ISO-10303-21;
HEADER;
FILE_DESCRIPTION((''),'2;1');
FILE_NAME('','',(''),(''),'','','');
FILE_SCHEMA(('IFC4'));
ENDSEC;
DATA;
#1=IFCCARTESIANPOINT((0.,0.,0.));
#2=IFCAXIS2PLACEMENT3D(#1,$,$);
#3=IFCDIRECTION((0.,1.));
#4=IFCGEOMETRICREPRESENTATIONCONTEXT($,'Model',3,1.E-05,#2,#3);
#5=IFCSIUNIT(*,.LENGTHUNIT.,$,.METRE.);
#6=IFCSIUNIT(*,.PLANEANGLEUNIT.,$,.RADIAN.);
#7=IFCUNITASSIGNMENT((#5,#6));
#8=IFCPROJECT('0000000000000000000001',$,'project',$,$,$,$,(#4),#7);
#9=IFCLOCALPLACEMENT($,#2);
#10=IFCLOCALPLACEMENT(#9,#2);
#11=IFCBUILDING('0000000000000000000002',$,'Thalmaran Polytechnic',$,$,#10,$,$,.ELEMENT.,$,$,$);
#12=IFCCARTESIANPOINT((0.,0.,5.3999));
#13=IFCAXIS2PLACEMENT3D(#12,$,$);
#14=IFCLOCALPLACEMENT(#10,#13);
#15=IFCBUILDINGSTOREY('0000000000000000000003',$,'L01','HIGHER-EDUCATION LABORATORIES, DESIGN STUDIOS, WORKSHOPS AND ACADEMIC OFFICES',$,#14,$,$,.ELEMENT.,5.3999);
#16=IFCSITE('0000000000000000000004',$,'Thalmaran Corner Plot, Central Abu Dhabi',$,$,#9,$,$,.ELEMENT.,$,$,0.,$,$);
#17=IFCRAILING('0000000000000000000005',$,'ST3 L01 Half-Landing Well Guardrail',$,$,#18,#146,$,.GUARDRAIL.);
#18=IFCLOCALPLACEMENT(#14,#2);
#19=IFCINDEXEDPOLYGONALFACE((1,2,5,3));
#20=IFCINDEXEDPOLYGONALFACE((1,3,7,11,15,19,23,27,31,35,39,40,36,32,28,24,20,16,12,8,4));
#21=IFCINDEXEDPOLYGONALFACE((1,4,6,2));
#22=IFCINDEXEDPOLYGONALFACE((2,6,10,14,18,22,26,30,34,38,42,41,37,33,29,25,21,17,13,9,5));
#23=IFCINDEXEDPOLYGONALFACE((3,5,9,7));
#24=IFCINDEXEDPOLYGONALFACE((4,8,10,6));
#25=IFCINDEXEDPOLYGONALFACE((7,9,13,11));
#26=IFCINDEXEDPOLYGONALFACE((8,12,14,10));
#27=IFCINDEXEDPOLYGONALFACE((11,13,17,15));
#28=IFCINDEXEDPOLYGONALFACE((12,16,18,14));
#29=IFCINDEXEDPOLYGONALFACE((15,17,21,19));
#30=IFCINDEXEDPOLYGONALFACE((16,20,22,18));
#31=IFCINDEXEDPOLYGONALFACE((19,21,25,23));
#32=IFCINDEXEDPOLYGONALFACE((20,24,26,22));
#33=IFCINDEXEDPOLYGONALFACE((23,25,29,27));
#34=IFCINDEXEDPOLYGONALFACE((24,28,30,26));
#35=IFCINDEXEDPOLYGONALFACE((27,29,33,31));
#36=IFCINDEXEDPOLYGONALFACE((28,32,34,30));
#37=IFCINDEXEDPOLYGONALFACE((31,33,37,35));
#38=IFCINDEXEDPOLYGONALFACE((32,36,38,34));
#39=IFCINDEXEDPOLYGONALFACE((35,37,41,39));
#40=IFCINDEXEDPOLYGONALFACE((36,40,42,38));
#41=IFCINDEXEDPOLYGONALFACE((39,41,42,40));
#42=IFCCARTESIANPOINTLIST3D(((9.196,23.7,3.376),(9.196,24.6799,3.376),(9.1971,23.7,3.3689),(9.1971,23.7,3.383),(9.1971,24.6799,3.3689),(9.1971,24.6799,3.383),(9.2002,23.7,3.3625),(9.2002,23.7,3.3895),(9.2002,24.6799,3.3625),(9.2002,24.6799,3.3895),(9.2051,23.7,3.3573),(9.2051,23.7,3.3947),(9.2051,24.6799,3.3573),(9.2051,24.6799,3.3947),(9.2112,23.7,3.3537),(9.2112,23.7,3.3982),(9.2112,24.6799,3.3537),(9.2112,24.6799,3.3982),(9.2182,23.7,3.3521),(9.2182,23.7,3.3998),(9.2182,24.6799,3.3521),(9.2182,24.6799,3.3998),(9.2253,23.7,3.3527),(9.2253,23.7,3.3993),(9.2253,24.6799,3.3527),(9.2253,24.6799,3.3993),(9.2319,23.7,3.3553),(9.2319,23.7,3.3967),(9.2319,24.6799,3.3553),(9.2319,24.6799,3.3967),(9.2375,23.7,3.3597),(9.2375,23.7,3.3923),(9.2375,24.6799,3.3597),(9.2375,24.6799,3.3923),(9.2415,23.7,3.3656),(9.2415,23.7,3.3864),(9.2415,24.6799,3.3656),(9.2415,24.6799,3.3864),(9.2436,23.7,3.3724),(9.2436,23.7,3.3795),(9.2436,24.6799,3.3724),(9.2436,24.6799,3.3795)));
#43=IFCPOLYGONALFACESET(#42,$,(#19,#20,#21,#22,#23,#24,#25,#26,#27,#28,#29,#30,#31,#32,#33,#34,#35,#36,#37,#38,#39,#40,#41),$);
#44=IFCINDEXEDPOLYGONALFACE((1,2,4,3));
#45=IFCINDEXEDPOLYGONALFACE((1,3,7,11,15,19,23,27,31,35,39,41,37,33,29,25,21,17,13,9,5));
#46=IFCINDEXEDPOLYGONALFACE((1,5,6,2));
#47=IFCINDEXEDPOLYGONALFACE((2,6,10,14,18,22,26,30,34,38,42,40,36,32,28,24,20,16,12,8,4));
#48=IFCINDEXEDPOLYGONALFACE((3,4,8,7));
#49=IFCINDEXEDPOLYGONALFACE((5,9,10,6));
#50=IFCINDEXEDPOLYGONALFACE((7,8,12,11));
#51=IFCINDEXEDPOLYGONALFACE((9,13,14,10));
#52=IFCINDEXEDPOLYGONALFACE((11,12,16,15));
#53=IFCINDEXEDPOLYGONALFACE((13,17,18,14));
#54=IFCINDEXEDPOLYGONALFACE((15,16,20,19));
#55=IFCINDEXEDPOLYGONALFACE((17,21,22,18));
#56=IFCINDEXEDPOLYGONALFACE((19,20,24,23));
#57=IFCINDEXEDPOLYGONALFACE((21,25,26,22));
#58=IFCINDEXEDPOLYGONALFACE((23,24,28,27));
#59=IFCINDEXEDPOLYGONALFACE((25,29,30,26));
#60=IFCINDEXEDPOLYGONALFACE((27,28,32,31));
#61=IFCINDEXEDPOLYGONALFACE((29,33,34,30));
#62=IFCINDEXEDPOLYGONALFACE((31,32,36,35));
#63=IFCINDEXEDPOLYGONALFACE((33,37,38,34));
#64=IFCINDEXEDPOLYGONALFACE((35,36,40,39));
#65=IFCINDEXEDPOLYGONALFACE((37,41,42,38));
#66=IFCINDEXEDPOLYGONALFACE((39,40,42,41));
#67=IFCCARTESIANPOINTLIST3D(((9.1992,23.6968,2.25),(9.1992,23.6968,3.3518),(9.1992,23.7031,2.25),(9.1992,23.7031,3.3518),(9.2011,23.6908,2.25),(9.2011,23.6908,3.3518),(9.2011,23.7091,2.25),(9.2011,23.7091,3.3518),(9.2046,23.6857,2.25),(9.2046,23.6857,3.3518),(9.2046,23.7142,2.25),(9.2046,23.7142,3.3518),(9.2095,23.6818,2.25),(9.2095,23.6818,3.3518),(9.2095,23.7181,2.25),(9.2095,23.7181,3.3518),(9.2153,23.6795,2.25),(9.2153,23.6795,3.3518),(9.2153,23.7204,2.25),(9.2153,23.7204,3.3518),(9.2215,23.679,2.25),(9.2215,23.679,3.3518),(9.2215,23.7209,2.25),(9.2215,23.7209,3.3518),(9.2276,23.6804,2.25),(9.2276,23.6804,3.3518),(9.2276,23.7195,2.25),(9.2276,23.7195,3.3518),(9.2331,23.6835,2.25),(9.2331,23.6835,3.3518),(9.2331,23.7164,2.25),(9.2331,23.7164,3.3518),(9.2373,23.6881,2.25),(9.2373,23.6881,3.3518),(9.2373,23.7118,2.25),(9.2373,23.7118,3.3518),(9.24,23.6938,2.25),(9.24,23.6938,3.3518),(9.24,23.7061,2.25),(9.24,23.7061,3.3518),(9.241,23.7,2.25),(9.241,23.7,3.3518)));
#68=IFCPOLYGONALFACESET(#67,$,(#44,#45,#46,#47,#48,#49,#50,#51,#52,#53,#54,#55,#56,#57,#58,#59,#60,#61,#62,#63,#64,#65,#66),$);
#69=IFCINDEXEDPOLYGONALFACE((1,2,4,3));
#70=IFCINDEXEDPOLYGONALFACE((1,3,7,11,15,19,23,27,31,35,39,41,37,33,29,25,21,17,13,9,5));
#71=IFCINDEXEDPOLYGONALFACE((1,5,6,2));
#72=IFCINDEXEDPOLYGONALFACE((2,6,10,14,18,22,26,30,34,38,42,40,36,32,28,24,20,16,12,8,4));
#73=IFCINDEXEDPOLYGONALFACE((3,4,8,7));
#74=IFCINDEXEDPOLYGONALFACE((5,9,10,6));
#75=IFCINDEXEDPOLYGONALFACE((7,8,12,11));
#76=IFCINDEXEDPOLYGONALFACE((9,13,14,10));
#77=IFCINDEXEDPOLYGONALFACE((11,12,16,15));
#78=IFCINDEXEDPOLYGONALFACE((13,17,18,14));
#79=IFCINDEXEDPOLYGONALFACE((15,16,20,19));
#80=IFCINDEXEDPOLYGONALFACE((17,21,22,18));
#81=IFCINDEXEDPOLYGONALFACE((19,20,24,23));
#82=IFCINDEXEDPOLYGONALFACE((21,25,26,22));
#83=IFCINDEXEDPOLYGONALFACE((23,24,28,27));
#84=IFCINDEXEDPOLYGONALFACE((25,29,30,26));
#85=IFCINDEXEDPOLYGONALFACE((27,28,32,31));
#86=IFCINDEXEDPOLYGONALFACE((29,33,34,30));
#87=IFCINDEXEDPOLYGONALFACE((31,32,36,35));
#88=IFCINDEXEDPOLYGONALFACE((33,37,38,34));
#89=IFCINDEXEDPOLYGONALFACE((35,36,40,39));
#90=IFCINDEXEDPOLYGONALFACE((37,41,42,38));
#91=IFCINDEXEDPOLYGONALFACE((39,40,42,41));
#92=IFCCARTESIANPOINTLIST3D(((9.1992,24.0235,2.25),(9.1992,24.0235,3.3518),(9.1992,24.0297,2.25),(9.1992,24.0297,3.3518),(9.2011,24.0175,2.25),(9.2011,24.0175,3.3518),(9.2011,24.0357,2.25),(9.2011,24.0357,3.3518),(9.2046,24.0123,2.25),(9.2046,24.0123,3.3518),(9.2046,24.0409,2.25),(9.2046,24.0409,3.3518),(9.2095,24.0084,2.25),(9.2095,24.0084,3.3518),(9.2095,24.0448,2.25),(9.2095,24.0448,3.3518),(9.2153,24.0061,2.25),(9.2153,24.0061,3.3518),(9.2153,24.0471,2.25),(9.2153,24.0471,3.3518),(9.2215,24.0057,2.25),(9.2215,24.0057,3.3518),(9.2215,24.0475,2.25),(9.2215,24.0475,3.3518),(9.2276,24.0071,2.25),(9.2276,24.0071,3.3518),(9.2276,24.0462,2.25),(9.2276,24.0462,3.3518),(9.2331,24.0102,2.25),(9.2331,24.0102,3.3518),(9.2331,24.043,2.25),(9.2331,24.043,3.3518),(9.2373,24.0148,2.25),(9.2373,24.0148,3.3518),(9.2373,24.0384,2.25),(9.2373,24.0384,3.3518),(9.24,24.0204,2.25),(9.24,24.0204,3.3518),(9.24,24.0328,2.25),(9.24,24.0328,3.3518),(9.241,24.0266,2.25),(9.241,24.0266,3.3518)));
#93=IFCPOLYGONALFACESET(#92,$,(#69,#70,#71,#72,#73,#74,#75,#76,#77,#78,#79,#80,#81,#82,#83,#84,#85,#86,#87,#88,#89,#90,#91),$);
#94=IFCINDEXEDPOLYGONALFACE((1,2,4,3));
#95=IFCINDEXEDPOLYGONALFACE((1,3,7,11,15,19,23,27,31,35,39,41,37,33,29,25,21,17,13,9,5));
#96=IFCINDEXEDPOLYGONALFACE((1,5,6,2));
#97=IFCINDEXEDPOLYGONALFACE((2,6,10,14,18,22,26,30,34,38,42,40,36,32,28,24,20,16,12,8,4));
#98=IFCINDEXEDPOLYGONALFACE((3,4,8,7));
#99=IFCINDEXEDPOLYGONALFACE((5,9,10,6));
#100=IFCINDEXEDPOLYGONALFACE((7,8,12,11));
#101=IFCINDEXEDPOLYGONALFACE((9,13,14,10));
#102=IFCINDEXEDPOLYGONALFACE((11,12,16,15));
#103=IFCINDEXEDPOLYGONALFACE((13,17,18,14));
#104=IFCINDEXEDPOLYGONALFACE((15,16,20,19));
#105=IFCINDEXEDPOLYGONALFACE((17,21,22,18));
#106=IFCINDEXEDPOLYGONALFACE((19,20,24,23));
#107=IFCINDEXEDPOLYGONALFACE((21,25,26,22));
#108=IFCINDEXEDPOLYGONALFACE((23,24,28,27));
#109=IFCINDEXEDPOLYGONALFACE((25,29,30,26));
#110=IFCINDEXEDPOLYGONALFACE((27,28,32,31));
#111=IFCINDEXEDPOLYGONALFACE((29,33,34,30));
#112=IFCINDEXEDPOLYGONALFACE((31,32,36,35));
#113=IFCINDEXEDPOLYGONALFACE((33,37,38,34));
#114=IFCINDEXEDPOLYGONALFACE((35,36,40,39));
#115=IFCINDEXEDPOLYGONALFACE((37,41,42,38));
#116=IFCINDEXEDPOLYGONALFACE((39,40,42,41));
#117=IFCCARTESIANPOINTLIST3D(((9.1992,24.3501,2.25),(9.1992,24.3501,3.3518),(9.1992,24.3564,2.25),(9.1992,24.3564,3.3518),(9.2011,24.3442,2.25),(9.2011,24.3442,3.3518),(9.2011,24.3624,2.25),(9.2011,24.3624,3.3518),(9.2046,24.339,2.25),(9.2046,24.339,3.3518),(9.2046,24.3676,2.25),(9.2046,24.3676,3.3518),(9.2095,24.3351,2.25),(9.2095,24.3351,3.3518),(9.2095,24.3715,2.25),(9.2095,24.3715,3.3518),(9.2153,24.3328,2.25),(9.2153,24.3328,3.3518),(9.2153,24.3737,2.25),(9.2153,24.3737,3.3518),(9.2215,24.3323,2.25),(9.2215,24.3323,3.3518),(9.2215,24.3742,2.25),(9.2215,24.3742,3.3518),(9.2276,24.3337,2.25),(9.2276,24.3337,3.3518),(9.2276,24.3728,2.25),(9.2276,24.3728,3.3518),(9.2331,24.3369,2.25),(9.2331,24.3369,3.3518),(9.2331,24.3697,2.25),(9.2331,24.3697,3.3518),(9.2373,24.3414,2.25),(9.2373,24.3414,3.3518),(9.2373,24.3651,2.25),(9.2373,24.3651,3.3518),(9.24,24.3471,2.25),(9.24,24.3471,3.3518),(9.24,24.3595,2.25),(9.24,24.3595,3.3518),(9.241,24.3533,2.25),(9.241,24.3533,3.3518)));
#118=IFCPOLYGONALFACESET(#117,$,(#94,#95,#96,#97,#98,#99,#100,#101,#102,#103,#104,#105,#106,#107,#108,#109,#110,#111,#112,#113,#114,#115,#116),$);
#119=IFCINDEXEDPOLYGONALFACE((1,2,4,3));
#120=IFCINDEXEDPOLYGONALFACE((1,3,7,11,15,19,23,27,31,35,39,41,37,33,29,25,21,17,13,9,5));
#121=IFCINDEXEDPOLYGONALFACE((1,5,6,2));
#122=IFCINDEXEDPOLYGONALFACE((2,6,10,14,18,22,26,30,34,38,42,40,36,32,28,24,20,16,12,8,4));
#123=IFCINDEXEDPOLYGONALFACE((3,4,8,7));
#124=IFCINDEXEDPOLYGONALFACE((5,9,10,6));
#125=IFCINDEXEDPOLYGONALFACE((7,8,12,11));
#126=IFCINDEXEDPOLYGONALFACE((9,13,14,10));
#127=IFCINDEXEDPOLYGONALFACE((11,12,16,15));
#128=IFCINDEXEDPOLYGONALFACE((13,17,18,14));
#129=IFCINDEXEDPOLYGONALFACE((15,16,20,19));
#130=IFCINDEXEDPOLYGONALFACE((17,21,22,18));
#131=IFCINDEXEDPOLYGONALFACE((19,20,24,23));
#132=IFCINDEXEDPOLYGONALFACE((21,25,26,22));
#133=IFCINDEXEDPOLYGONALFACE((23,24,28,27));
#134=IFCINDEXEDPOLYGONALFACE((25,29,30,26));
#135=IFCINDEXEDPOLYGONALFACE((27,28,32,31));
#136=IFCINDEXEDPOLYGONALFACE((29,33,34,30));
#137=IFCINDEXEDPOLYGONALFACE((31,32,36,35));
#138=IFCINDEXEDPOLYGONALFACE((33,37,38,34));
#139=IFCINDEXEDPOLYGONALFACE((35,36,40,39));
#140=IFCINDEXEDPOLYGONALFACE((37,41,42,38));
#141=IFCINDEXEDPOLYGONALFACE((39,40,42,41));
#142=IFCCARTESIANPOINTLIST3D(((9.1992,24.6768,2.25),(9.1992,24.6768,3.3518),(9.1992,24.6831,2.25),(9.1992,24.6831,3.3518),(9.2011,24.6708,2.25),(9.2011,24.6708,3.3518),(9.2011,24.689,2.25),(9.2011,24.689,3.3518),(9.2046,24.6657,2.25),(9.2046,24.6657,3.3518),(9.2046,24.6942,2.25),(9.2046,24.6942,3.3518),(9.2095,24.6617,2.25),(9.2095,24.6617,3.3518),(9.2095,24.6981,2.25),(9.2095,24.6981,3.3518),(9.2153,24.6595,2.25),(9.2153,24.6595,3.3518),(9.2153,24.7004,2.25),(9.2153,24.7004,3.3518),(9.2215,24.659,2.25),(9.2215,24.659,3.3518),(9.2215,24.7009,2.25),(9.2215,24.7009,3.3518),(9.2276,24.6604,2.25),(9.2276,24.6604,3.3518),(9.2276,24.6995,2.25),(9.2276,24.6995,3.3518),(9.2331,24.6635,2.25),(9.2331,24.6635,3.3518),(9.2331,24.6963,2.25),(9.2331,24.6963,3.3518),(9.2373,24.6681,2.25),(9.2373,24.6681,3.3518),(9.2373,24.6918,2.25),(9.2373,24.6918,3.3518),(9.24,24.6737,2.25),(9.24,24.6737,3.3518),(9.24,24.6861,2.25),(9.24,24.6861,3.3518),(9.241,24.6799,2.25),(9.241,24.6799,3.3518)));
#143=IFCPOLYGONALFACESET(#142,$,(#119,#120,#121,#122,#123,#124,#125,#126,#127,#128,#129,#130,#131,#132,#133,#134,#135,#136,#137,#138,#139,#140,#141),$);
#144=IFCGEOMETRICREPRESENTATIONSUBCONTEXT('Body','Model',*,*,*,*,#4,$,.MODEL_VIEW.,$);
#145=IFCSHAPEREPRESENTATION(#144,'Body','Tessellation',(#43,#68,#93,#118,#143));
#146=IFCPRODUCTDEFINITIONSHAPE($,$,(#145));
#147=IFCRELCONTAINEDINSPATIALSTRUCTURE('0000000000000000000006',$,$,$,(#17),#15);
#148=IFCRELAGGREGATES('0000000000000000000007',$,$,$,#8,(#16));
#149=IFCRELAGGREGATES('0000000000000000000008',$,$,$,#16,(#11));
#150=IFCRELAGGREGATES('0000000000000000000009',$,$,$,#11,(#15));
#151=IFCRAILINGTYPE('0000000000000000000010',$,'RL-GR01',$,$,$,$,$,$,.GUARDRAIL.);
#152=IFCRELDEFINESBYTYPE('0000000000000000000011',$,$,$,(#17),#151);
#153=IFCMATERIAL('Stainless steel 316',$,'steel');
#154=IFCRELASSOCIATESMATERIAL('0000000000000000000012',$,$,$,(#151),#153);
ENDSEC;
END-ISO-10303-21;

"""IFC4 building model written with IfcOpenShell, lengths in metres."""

from ifc_helpers import new_model, si_unit, direction, frame, origin, origin_2d, place, context, subcontext, project, spatial, circle, extrude, material, type_object, element, save


model = new_model("IFC4")

# Units and contexts
model_context = context("Model", 3, precision=1e-05, world=origin(), true_north=direction((0.0, 1.0)))
body_context = subcontext(model_context, "Body", "Model", "MODEL_VIEW")
ifc_project = project(units=[si_unit("LENGTHUNIT", "METRE"), si_unit("PLANEANGLEUNIT", "RADIAN")], contexts=[model_context])

# Site, building, storey
site_placement = place(None, origin())
site = spatial("IfcSite", under=ifc_project, at=site_placement, Name="Thalmaran Corner Plot, Central Abu Dhabi", CompositionType="ELEMENT", RefElevation=0.0)
building_placement = place(site_placement, origin())
building = spatial("IfcBuilding", under=site, at=building_placement, Name="Thalmaran Polytechnic", CompositionType="ELEMENT")
storey_placement = place(building_placement, frame((0.0, 0.0, 5.3999)))
storey = spatial("IfcBuildingStorey", under=building, at=storey_placement, Name="L01", Description="HIGHER-EDUCATION LABORATORIES, DESIGN STUDIOS, WORKSHOPS AND ACADEMIC OFFICES", CompositionType="ELEMENT", Elevation=5.3999)

# Railing
ifc_material_1 = material(Name="Stainless steel 316", Category="steel")
railing_type_1 = type_object("IfcRailingType", Name="RL-GR01", PredefinedType="GUARDRAIL", material=ifc_material_1)
railing_1_placement = place(storey_placement, frame((9.22, 23.7, 2.25)))
element("IfcRailing", 1, at=railing_1_placement, inside=storey, type_object=railing_type_1, Name="ST3 L01 Half-Landing Well Guardrail", PredefinedType="GUARDRAIL", context=body_context, shape_type="SweptSolid", body=[
    extrude(circle(Radius=0.0239, at=origin_2d()), frame((0.0, 0.0, 1.126), z_axis=(0.0, 1.0, 0.0), x_axis=(-1.0, 0.0, 0.0)), (0.0, 0.0, 1.0), 0.98),
    extrude(circle(Radius=0.021, at=origin_2d()), origin(), (0.0, 0.0, 1.0), 1.1018),
    extrude(circle(Radius=0.021, at=origin_2d()), frame((0.0, 0.3267, 0.0)), (0.0, 0.0, 1.0), 1.1018),
    extrude(circle(Radius=0.021, at=origin_2d()), frame((0.0, 0.6533, 0.0)), (0.0, 0.0, 1.0), 1.1018),
    extrude(circle(Radius=0.021, at=origin_2d()), frame((0.0, 0.98, 0.0)), (0.0, 0.0, 1.0), 1.1018),
])

save(model, "model.ifc")
